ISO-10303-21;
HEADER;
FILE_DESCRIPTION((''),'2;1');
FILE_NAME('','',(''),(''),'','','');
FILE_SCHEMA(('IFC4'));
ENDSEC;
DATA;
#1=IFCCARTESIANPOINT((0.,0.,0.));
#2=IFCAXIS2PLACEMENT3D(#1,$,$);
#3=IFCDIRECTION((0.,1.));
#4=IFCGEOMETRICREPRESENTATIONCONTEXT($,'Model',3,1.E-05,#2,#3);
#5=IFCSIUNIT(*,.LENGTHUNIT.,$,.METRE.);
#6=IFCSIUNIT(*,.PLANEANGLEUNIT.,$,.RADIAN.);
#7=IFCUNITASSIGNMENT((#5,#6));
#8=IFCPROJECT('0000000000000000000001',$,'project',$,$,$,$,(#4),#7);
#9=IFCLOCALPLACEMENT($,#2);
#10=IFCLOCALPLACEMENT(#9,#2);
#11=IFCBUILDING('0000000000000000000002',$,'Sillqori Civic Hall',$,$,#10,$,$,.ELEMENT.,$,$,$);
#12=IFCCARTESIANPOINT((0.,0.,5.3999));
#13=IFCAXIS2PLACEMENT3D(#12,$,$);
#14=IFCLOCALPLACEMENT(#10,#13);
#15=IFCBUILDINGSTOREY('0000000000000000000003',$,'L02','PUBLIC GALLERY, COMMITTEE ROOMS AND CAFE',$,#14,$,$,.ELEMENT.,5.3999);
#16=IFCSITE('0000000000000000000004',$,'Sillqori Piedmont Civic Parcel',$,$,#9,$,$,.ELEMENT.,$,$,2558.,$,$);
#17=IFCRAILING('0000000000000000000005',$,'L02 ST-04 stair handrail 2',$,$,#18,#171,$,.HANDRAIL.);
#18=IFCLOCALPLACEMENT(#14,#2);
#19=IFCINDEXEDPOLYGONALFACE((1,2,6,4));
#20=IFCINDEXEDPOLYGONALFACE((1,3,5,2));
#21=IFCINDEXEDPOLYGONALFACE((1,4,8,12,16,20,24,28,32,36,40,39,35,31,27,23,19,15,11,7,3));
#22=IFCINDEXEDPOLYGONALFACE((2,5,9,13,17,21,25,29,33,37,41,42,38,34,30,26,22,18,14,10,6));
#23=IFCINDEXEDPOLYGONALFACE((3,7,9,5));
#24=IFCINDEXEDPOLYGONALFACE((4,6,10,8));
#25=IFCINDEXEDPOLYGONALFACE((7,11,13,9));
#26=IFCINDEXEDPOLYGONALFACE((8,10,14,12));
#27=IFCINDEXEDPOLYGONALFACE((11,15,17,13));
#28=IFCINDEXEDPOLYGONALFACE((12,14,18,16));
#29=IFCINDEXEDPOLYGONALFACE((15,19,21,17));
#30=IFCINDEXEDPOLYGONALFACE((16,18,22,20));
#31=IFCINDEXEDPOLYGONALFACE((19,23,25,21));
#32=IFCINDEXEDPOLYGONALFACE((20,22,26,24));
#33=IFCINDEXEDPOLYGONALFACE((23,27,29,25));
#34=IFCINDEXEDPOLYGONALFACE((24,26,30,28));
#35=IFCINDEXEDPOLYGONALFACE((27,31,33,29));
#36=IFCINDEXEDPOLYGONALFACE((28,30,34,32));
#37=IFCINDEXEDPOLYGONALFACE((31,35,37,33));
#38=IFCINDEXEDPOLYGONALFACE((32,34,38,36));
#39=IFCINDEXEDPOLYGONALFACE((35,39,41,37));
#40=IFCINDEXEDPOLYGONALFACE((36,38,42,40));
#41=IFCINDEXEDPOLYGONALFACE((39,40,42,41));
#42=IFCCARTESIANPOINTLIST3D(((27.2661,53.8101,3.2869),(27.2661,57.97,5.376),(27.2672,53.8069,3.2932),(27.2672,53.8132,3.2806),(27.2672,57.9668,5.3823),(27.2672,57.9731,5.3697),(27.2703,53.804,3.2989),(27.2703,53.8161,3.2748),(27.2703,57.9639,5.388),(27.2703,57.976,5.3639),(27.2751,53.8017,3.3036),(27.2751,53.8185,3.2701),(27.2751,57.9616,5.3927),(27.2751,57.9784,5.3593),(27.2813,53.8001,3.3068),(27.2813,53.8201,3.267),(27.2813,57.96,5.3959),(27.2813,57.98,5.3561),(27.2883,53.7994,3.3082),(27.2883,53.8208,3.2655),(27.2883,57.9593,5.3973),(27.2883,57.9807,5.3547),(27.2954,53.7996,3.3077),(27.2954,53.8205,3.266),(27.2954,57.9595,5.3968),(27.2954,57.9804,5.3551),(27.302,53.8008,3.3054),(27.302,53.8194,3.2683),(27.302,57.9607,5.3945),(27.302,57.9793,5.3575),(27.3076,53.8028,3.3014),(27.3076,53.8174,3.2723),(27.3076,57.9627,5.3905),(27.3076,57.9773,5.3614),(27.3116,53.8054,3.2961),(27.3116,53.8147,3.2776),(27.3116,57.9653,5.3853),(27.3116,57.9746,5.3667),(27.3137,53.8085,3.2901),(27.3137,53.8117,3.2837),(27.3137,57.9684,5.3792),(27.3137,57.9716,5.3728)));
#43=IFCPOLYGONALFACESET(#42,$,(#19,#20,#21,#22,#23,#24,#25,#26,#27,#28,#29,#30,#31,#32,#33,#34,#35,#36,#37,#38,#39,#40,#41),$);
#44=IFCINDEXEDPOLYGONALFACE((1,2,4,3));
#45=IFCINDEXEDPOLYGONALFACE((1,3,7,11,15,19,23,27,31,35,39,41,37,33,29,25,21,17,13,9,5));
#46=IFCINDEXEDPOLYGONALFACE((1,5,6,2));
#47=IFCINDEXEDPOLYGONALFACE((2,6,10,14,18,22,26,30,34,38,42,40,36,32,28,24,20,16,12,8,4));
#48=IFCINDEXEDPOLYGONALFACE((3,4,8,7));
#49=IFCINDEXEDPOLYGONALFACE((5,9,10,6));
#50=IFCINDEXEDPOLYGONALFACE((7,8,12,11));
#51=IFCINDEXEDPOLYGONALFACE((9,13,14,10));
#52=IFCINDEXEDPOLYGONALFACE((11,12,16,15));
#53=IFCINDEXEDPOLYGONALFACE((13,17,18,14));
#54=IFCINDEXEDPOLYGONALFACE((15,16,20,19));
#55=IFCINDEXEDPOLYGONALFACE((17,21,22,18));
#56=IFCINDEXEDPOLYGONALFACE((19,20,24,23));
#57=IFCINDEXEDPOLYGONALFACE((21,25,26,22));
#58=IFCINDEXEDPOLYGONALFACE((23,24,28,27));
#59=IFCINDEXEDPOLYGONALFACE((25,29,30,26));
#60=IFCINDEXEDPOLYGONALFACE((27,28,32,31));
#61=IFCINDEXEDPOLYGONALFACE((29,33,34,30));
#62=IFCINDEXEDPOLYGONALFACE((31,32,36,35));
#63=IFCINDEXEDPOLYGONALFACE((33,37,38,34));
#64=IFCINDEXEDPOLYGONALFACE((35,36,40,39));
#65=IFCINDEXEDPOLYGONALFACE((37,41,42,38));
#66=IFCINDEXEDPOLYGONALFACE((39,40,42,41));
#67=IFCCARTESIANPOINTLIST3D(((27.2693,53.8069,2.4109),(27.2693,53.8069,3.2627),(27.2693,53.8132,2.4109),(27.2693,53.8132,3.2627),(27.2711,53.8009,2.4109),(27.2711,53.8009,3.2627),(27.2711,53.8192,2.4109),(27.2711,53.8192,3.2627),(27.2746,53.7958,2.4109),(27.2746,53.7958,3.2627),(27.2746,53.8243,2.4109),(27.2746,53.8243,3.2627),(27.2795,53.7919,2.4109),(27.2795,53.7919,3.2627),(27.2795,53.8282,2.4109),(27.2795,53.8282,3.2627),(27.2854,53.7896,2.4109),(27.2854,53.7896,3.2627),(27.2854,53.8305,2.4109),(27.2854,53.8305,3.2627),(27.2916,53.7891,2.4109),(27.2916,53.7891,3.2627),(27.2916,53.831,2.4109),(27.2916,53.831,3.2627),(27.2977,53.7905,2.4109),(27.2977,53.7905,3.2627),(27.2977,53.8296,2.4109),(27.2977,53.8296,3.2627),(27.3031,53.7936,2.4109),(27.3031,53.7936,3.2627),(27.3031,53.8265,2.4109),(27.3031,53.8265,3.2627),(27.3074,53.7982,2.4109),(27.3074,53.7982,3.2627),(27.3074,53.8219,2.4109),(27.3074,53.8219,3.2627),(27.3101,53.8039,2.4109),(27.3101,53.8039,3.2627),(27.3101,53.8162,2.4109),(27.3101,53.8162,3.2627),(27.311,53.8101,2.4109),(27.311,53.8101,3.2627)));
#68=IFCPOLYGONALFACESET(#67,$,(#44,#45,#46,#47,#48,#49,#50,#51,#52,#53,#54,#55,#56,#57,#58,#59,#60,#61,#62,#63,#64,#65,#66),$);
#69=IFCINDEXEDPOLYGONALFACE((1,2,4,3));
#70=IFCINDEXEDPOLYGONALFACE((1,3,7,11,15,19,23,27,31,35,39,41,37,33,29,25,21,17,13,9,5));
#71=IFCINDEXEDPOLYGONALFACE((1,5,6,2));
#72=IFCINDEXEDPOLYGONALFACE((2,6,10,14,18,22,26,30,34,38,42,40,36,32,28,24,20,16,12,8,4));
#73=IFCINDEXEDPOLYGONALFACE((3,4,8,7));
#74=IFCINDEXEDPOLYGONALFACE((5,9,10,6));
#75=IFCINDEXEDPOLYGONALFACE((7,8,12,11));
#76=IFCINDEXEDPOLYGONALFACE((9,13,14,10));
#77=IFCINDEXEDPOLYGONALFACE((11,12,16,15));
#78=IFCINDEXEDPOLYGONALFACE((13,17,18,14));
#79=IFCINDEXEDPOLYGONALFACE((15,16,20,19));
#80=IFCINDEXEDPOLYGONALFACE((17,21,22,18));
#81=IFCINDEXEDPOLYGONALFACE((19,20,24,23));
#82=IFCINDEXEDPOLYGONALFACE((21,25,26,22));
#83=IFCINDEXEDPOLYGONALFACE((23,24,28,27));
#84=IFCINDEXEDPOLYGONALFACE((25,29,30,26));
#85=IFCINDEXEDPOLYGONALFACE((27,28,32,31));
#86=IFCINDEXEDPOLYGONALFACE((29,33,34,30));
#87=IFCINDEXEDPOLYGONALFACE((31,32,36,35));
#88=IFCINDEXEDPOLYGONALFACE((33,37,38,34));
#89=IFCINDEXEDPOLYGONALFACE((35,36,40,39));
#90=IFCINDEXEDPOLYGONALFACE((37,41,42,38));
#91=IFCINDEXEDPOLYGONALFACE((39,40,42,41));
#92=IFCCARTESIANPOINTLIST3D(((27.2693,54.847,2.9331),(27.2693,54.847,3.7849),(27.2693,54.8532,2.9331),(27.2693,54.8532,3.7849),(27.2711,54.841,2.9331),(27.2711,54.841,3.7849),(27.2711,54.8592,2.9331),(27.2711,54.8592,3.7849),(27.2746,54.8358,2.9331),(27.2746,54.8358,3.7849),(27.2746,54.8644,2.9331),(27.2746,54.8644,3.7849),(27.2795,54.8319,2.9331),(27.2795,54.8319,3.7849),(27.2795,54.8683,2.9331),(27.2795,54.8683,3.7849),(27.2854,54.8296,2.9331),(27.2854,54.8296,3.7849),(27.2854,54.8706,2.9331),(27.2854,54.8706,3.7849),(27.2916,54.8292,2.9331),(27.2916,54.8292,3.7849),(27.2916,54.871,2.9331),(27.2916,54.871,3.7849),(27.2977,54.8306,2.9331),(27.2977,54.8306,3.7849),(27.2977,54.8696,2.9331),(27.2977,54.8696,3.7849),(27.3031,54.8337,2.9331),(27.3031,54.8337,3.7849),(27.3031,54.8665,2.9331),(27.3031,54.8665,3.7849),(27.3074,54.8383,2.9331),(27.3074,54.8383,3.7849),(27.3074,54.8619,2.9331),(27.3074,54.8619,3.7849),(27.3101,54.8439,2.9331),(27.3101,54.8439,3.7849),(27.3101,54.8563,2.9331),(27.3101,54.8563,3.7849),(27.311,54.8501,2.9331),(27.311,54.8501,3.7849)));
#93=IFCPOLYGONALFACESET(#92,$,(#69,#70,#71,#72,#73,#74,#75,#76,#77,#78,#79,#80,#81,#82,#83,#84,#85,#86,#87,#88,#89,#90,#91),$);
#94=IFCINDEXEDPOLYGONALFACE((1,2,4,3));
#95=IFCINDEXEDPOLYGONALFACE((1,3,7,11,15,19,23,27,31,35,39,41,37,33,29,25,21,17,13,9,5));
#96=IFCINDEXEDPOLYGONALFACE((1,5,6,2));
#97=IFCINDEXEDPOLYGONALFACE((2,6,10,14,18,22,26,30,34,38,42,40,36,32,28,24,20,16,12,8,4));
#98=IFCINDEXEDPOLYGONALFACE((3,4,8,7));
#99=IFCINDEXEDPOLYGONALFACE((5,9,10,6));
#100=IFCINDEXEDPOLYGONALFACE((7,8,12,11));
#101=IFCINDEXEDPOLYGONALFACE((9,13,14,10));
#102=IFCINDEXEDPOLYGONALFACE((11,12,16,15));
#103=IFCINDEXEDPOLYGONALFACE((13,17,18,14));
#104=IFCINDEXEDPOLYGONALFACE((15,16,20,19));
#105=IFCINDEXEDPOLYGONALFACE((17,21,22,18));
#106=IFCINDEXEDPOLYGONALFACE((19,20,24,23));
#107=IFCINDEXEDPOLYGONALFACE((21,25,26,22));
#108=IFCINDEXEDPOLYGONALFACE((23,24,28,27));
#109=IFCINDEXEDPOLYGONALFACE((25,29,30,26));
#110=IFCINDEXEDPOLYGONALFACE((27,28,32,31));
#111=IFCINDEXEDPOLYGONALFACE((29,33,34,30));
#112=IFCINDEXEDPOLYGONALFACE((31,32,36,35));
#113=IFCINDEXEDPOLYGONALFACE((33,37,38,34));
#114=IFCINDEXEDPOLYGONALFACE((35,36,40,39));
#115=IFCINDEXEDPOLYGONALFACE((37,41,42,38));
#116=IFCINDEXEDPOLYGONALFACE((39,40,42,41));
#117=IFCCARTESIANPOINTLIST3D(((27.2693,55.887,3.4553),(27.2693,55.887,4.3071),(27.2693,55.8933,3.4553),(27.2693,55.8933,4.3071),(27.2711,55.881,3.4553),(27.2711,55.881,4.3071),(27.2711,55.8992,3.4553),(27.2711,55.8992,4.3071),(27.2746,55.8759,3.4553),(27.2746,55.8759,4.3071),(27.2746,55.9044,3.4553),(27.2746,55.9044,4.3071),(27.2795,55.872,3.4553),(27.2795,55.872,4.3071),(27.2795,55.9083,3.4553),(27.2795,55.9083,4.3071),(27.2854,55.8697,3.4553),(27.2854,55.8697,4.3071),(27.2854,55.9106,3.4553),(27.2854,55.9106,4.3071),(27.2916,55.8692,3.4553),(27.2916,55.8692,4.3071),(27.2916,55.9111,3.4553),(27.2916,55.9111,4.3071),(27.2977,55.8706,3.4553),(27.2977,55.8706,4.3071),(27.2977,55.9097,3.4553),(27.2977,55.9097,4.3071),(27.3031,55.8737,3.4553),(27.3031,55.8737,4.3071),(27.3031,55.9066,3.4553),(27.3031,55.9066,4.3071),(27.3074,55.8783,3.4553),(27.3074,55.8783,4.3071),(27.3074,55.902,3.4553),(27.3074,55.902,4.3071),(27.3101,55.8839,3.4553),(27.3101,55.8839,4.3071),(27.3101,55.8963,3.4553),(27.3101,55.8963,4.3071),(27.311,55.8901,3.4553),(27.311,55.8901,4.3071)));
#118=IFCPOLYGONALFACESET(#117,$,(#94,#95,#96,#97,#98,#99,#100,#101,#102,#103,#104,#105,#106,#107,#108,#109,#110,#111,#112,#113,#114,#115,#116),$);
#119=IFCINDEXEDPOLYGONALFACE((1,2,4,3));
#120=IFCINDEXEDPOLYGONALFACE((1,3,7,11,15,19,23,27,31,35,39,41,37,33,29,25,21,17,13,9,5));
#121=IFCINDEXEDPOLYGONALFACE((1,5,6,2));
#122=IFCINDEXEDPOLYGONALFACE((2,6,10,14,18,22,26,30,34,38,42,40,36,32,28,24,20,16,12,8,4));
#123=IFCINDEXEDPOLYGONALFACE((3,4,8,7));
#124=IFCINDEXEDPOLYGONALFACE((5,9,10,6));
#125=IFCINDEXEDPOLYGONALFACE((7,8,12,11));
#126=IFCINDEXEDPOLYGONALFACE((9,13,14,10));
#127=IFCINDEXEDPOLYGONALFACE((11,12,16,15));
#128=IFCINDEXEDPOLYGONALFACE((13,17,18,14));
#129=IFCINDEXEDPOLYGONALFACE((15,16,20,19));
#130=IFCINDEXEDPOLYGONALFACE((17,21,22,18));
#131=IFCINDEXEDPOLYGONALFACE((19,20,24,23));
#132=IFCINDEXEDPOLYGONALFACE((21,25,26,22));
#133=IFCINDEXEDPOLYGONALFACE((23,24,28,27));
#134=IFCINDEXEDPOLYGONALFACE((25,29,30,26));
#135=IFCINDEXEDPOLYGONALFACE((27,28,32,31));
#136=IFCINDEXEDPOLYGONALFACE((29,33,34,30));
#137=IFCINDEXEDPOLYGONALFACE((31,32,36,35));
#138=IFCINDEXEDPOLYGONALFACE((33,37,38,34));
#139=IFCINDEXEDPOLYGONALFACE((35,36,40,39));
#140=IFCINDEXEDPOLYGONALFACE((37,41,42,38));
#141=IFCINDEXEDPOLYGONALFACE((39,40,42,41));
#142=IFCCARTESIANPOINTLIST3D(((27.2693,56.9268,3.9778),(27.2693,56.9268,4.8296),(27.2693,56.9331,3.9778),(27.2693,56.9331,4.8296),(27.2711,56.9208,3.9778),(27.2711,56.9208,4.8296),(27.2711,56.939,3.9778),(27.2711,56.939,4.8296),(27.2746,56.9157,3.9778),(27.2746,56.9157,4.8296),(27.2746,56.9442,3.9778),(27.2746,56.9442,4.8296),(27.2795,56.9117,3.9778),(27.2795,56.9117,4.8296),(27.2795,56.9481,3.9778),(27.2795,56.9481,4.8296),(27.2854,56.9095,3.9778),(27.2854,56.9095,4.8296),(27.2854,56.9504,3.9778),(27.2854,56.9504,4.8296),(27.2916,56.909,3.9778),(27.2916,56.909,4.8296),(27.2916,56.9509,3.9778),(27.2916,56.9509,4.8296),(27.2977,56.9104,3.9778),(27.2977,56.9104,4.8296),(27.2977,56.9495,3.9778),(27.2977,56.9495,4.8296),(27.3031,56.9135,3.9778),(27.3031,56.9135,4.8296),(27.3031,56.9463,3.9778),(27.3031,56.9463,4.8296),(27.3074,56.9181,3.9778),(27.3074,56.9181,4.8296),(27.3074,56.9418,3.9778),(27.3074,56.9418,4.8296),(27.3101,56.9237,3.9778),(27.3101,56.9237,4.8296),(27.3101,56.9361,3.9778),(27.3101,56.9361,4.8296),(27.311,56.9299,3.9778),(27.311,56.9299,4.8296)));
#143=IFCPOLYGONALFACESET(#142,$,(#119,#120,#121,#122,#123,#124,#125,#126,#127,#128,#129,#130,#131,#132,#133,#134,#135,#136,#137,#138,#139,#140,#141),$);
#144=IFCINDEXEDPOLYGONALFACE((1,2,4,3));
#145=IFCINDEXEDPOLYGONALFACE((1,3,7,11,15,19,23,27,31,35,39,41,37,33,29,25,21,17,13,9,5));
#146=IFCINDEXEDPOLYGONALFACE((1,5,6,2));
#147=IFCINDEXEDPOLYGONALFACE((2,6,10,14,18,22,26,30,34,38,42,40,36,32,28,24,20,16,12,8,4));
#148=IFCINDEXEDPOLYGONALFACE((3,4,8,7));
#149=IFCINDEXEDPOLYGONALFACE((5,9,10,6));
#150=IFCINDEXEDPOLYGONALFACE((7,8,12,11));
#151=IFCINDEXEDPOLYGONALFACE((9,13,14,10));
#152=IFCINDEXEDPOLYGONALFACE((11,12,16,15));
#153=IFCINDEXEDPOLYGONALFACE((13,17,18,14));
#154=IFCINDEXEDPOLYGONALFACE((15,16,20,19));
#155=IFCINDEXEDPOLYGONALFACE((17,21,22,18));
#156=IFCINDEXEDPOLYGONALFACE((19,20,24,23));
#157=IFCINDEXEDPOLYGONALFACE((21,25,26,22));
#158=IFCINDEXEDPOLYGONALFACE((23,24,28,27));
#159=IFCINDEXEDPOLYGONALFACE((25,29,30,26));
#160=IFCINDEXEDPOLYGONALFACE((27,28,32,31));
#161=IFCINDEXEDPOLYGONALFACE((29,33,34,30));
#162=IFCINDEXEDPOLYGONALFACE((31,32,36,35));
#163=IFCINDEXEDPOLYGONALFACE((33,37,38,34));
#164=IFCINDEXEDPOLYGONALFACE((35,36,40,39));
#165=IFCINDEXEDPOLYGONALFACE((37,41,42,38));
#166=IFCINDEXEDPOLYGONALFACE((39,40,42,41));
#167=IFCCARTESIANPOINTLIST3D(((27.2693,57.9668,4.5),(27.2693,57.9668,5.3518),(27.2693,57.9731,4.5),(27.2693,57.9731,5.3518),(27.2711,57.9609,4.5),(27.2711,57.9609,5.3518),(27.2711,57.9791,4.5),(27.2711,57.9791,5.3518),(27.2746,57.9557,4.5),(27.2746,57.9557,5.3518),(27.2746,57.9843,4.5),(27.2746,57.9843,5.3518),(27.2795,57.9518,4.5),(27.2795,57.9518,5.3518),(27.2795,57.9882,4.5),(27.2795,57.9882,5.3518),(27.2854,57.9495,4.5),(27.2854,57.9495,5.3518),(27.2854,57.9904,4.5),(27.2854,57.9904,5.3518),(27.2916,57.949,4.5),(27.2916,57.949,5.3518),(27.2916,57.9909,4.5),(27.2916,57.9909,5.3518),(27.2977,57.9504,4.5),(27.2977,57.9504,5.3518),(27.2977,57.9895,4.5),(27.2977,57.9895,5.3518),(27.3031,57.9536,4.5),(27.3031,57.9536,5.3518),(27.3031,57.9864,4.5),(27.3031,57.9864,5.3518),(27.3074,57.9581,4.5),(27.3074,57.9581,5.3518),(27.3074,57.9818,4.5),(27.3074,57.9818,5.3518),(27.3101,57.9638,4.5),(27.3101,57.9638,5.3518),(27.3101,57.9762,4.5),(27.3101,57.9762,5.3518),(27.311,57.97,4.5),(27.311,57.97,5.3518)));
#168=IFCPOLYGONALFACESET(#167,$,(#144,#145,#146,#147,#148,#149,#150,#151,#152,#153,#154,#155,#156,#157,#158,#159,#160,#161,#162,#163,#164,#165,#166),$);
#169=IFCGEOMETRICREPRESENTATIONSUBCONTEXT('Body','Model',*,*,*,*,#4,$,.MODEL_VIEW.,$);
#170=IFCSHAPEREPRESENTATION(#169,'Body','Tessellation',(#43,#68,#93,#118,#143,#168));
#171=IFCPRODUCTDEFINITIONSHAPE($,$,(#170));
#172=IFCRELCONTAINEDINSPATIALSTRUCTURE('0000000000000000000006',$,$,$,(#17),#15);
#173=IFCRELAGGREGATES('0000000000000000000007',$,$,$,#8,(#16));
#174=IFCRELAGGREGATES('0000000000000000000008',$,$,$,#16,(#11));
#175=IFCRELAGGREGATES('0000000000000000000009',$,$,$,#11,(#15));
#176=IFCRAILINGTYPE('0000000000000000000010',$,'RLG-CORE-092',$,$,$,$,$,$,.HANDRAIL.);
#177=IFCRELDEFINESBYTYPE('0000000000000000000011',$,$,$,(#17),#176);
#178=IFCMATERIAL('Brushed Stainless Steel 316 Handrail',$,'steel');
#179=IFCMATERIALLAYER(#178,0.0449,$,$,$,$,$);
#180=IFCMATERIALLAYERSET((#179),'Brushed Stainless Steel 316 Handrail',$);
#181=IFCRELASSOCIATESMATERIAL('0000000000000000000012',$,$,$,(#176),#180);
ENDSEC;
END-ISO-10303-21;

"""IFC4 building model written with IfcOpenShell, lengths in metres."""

from ifc_helpers import new_model, si_unit, direction, frame, origin, origin_2d, place, context, subcontext, project, spatial, circle, extrude, material, layer, layer_set, type_object, element, save


model = new_model("IFC4")

# Units and contexts
model_context = context("Model", 3, precision=1e-05, world=origin(), true_north=direction((0.0, 1.0)))
body_context = subcontext(model_context, "Body", "Model", "MODEL_VIEW")
ifc_project = project(units=[si_unit("LENGTHUNIT", "METRE"), si_unit("PLANEANGLEUNIT", "RADIAN")], contexts=[model_context])

# Site, building, storey
site_placement = place(None, origin())
site = spatial("IfcSite", under=ifc_project, at=site_placement, Name="Sillqori Piedmont Civic Parcel", CompositionType="ELEMENT", RefElevation=2558.0)
building_placement = place(site_placement, origin())
building = spatial("IfcBuilding", under=site, at=building_placement, Name="Sillqori Civic Hall", CompositionType="ELEMENT")
storey_placement = place(building_placement, frame((0.0, 0.0, 5.3999)))
storey = spatial("IfcBuildingStorey", under=building, at=storey_placement, Name="L02", Description="PUBLIC GALLERY, COMMITTEE ROOMS AND CAFE", CompositionType="ELEMENT", Elevation=5.3999)

# Railing
ifc_material_1 = material(Name="Brushed Stainless Steel 316 Handrail", Category="steel")
ifc_layer_1 = layer(ifc_material_1, 0.0449)
ifc_layer_set_1 = layer_set([ifc_layer_1], Name="Brushed Stainless Steel 316 Handrail")
railing_type = type_object("IfcRailingType", Name="RLG-CORE-092", PredefinedType="HANDRAIL", material=ifc_layer_set_1)
railing_placement = place(storey_placement, frame((27.29, 53.8101, 2.4109)))
element("IfcRailing", 1, at=railing_placement, inside=storey, type_object=railing_type, Name="L02 ST-04 stair handrail 2", PredefinedType="HANDRAIL", context=body_context, shape_type="SweptSolid", body=[
    extrude(circle(Radius=0.0239, at=origin_2d()), frame((0.0, 0.0, 0.876), z_axis=(0.0, 0.893639, 0.448786), x_axis=(-1.0, 0.0, 0.0)), (0.0, 0.0, 1.0), 4.655),
    extrude(circle(Radius=0.021, at=origin_2d()), origin(), (0.0, 0.0, 1.0), 0.8518),
    extrude(circle(Radius=0.021, at=origin_2d()), frame((0.0, 1.04, 0.5222)), (0.0, 0.0, 1.0), 0.8518),
    extrude(circle(Radius=0.021, at=origin_2d()), frame((0.0, 2.0801, 1.0444)), (0.0, 0.0, 1.0), 0.8518),
    extrude(circle(Radius=0.021, at=origin_2d()), frame((0.0, 3.1199, 1.5669)), (0.0, 0.0, 1.0), 0.8518),
    extrude(circle(Radius=0.021, at=origin_2d()), frame((0.0, 4.1599, 2.0891)), (0.0, 0.0, 1.0), 0.8518),
])

save(model, "model.ifc")
